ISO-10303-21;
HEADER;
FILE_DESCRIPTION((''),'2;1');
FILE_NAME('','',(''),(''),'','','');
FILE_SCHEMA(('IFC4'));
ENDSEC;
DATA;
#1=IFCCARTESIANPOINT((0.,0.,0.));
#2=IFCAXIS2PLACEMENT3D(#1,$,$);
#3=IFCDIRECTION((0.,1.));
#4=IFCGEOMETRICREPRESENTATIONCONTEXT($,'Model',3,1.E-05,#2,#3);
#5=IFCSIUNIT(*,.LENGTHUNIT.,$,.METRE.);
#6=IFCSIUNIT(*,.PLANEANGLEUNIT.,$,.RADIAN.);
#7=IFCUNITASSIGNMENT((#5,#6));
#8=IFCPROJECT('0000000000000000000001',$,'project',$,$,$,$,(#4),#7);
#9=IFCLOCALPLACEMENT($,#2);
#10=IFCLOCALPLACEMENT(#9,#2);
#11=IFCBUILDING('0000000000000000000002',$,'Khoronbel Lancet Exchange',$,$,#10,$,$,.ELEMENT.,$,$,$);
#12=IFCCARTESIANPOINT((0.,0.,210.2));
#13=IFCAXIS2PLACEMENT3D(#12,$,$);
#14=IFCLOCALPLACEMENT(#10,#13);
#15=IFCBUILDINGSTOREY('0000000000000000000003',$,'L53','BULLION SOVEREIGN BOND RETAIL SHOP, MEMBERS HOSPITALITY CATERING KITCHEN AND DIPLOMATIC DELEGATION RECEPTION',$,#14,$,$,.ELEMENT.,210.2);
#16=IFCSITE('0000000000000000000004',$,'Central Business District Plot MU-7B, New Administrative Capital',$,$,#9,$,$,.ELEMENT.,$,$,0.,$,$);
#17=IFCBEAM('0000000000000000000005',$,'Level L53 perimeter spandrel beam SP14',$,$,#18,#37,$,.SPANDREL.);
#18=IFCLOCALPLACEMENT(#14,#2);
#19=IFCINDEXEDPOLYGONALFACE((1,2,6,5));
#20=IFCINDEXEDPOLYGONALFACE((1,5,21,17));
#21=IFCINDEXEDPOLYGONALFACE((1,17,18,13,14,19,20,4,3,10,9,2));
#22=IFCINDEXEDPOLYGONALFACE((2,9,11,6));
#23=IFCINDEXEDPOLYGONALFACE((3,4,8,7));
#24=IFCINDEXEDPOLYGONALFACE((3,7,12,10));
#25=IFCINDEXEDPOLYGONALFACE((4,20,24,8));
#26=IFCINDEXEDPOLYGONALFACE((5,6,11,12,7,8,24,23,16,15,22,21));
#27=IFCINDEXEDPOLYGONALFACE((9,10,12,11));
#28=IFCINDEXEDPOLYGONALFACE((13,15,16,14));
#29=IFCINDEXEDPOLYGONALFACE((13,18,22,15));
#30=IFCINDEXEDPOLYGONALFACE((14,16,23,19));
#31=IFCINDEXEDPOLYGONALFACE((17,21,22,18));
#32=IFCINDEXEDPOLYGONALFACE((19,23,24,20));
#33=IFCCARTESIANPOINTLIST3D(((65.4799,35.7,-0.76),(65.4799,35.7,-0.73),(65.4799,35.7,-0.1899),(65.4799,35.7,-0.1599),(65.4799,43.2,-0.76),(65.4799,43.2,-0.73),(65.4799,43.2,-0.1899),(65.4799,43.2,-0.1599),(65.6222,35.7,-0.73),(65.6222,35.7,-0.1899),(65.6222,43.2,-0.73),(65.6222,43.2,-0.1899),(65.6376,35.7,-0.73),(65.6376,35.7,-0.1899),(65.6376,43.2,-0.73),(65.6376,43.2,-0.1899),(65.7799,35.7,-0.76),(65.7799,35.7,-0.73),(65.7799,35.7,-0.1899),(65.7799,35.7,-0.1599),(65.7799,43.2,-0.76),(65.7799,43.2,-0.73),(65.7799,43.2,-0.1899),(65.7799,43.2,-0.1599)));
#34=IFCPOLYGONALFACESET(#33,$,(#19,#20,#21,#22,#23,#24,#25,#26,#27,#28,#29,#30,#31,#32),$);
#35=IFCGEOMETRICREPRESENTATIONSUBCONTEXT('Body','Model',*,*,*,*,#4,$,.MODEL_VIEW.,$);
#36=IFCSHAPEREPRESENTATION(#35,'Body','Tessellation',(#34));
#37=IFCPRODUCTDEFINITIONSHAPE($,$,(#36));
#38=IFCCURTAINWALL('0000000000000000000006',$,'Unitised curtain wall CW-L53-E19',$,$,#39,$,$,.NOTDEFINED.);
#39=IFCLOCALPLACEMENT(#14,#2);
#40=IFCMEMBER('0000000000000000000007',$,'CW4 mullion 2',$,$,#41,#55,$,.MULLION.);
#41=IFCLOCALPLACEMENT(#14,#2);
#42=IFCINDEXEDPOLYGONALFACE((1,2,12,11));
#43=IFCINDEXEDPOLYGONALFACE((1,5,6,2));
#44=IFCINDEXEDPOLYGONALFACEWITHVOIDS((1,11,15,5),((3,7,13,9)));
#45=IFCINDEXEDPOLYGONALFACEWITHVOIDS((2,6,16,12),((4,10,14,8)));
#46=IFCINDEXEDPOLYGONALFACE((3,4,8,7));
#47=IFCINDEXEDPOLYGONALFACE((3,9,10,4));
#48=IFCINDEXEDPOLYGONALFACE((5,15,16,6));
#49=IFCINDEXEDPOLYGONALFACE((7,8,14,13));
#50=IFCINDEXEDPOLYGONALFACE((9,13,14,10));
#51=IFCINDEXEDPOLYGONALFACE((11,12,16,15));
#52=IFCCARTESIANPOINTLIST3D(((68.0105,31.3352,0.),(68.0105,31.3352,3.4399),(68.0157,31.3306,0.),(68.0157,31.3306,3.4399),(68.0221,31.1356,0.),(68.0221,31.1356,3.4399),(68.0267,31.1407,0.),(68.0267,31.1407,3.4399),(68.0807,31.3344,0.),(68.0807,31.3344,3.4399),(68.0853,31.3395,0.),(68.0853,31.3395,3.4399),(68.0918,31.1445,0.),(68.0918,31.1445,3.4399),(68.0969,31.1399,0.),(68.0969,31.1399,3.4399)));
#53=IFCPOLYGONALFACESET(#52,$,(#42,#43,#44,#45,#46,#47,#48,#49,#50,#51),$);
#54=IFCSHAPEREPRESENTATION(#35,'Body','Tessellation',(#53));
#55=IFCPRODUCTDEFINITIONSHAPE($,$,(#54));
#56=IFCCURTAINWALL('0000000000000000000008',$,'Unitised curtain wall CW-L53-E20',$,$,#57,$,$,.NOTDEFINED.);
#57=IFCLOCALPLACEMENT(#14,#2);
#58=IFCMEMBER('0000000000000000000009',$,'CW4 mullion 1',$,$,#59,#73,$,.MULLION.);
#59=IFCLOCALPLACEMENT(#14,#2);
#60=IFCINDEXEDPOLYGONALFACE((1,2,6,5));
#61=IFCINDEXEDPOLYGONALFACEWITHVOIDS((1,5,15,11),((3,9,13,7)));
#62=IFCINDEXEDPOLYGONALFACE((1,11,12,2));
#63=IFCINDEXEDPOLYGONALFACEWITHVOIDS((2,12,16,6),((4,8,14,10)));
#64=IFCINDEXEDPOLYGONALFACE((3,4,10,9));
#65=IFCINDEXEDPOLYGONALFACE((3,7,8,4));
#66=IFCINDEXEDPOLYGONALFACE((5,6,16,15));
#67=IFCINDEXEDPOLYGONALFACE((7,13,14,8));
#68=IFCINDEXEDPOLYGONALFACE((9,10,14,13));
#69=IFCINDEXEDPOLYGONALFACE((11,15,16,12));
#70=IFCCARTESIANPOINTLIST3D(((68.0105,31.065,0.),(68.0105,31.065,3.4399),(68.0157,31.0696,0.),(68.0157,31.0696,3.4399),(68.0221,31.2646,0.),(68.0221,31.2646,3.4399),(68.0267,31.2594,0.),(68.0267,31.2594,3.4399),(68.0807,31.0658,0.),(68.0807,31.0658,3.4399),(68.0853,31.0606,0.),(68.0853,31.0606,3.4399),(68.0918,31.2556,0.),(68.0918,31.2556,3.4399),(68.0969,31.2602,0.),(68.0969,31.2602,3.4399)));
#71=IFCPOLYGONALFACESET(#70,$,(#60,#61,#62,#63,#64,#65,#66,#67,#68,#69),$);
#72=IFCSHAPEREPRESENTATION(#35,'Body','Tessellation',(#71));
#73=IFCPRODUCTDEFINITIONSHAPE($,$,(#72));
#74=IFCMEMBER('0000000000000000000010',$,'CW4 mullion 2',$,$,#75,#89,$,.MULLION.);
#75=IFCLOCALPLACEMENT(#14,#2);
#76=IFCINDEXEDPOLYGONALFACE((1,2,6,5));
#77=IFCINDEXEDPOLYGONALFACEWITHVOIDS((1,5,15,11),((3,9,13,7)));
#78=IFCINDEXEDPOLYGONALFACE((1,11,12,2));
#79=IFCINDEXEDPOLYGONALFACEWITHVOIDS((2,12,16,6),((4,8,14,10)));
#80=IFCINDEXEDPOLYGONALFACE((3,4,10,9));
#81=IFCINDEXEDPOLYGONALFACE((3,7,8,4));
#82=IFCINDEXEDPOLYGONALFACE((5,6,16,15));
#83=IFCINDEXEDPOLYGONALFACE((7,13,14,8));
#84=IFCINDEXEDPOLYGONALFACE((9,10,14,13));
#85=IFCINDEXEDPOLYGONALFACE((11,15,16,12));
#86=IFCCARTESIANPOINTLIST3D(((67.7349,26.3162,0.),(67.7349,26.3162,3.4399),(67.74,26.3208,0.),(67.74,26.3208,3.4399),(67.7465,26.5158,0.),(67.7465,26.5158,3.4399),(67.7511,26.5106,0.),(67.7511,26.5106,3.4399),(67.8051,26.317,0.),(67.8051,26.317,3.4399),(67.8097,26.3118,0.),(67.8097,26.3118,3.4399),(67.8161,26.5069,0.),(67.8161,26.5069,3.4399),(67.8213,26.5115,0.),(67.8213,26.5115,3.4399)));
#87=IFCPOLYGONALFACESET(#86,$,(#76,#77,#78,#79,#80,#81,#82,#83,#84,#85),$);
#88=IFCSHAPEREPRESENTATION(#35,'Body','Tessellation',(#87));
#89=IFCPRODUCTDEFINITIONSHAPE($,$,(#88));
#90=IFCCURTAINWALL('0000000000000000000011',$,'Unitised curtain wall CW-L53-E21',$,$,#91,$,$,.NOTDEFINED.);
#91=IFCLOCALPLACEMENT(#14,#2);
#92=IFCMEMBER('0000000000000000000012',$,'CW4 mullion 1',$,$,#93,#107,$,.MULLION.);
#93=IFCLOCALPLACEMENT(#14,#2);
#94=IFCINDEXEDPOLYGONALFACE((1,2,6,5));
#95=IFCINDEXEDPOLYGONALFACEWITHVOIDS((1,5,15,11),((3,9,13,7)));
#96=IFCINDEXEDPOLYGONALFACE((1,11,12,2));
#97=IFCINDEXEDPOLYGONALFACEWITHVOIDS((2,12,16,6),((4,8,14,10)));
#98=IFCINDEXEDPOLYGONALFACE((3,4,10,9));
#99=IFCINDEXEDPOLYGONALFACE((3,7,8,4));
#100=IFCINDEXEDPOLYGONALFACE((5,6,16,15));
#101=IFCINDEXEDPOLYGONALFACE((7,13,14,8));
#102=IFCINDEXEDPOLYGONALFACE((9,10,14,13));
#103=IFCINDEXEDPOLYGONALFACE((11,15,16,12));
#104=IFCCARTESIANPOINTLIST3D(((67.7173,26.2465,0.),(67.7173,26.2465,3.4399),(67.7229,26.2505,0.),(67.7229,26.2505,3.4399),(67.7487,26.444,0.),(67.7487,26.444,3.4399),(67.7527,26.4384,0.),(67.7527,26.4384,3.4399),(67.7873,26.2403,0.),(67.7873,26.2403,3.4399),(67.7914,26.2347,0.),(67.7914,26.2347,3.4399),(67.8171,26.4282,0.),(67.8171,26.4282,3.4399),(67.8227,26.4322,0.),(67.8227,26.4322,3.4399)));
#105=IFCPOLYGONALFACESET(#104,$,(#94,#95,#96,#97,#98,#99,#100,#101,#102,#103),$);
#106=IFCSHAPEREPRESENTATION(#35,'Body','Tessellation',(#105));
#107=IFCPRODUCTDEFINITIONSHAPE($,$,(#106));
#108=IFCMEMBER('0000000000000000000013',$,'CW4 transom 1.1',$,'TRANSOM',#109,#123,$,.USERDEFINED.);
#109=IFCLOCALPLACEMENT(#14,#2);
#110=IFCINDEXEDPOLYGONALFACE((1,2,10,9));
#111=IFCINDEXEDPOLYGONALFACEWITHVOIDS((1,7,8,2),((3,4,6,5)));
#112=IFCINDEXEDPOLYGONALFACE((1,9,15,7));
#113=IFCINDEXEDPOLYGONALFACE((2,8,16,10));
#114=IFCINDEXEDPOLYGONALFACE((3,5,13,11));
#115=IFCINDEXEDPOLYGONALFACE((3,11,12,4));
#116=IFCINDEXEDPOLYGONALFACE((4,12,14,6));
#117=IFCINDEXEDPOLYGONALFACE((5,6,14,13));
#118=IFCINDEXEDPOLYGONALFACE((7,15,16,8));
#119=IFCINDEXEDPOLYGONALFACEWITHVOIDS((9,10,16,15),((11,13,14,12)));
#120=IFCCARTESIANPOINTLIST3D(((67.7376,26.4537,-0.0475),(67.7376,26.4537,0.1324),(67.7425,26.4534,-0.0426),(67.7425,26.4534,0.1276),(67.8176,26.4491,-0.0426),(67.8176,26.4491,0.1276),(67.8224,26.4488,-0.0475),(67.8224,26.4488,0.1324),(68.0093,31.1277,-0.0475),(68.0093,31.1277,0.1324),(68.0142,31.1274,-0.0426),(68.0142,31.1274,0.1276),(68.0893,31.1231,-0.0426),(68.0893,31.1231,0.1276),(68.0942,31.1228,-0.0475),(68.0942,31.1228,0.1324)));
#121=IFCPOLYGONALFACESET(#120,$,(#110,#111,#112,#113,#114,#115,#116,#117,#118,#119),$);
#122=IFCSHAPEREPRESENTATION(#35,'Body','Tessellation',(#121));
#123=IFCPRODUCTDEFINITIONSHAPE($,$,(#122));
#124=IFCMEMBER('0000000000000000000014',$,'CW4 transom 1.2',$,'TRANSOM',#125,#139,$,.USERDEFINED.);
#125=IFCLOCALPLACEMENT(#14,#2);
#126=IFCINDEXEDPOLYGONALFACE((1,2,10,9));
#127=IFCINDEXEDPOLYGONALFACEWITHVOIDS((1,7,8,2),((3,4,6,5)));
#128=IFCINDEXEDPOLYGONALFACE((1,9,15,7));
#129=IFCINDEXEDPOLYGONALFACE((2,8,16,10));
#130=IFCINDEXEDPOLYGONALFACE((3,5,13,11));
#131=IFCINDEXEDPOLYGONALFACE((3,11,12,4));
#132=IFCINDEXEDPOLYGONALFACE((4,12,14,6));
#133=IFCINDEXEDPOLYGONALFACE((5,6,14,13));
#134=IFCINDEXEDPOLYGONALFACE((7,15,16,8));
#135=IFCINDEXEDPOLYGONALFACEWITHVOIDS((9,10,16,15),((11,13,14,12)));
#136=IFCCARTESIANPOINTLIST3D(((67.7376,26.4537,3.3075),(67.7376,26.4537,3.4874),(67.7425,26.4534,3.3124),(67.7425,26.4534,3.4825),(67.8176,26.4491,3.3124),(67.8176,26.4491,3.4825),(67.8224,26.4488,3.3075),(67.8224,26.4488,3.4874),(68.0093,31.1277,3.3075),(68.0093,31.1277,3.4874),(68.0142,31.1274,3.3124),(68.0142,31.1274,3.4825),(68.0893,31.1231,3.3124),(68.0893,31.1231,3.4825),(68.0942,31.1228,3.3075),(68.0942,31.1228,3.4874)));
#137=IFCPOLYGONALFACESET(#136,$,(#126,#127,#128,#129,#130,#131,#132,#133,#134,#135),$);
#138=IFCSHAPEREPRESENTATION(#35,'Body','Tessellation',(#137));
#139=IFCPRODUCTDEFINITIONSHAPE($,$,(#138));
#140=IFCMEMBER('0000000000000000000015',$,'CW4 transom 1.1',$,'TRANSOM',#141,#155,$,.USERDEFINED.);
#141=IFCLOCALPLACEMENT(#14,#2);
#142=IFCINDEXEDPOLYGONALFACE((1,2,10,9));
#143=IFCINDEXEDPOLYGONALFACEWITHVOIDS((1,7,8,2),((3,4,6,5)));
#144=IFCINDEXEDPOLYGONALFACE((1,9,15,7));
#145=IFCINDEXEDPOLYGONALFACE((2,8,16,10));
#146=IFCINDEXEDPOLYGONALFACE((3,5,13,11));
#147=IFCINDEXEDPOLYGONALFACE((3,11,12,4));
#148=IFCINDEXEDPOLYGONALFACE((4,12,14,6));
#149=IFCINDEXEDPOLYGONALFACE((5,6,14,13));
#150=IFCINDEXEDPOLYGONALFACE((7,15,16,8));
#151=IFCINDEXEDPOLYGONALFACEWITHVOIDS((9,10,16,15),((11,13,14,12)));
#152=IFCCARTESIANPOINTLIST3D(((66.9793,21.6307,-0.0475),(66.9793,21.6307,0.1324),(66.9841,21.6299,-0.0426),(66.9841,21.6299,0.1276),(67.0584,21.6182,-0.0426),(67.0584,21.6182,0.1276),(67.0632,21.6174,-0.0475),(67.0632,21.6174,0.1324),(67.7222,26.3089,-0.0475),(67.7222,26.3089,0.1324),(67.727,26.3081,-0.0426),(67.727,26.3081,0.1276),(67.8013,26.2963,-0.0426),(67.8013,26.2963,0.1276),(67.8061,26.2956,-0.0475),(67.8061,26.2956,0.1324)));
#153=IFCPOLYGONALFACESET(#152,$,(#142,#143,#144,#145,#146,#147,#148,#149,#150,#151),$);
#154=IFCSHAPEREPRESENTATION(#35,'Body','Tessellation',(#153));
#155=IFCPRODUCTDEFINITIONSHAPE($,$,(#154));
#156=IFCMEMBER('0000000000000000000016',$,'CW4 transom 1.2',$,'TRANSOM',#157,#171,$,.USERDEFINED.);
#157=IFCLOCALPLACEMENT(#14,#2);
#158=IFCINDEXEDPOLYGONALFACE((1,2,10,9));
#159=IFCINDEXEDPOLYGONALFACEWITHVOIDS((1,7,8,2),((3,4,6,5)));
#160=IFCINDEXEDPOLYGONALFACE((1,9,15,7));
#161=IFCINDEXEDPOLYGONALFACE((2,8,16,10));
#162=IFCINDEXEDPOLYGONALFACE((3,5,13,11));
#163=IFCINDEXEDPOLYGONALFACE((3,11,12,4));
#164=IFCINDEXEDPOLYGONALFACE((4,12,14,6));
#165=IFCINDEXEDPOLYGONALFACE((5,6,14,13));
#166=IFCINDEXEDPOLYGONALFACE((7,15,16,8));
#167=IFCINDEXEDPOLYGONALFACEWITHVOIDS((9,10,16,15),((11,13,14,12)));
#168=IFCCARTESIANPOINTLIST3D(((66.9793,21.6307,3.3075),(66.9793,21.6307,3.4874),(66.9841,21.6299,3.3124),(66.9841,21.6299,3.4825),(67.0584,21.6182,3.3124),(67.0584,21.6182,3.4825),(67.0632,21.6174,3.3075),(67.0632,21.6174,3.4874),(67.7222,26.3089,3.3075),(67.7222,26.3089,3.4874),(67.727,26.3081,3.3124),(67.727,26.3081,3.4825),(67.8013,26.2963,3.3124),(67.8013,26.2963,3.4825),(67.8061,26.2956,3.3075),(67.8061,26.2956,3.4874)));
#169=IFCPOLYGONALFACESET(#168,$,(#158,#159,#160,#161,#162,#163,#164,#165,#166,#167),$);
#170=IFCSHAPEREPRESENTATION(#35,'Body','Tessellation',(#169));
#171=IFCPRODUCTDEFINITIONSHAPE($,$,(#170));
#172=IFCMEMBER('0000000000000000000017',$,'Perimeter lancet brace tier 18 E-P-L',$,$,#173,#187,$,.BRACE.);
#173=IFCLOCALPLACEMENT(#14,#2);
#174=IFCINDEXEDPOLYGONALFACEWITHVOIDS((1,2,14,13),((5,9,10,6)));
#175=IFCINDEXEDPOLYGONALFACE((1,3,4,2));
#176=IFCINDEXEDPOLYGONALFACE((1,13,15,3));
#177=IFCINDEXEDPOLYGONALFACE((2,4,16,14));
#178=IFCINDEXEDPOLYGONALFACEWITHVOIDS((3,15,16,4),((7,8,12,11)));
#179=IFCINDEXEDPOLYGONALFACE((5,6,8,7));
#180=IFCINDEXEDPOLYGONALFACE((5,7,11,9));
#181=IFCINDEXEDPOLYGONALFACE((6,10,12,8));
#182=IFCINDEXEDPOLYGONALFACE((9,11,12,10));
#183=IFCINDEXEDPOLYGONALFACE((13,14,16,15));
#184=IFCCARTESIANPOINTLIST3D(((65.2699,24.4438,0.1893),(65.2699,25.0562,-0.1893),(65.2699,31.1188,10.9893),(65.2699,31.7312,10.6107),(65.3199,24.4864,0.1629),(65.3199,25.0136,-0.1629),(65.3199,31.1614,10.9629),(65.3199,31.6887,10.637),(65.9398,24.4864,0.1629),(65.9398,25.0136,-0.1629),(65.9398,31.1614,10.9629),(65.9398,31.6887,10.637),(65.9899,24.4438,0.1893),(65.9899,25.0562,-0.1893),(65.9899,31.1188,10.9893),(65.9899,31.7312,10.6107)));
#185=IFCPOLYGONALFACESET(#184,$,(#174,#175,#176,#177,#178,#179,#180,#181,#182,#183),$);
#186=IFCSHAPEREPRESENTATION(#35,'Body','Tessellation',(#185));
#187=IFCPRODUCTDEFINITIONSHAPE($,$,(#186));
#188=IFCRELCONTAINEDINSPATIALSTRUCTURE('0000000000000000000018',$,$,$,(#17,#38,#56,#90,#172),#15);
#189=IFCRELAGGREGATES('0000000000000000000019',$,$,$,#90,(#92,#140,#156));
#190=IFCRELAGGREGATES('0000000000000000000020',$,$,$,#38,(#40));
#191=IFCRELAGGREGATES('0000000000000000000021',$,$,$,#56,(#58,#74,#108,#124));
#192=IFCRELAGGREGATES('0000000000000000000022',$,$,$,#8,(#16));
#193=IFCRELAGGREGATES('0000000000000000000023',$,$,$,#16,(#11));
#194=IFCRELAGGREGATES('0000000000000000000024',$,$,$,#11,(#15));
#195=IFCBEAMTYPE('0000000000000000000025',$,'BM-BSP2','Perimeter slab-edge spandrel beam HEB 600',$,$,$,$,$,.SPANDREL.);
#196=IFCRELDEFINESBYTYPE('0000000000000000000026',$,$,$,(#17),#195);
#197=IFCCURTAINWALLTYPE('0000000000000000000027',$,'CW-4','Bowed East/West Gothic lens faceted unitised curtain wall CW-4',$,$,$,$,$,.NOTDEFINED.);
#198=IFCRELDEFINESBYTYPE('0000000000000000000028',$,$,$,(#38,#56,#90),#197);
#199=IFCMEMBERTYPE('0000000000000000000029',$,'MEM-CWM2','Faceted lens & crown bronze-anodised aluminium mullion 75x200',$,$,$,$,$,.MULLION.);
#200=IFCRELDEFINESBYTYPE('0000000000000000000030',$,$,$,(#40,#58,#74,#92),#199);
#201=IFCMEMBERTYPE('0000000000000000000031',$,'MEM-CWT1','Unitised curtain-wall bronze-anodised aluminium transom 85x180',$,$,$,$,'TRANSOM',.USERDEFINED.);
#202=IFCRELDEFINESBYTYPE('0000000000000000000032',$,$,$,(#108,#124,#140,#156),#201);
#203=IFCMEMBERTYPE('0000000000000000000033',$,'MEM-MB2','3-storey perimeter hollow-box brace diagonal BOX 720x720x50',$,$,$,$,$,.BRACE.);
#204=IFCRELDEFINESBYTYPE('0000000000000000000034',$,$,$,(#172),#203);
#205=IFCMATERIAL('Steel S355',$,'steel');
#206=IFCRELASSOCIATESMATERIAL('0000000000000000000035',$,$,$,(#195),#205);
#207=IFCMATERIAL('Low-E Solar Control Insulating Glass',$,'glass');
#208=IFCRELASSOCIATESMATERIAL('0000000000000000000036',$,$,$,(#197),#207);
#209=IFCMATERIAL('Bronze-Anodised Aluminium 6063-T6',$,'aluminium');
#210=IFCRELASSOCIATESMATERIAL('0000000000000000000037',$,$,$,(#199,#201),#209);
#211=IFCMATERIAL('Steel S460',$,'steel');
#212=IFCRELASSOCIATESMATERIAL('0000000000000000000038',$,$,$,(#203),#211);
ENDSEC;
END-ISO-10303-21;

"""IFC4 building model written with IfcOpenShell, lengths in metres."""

from ifc_helpers import new_model, si_unit, direction, frame, origin, origin_2d, place, context, subcontext, project, spatial, hollow_rectangle, i_section, extrude, material, material_profile, profile_set, type_object, element, aggregate, save


model = new_model("IFC4")

# Units and contexts
model_context = context("Model", 3, precision=1e-05, world=origin(), true_north=direction((0.0, 1.0)))
body_context = subcontext(model_context, "Body", "Model", "MODEL_VIEW")
ifc_project = project(units=[si_unit("LENGTHUNIT", "METRE"), si_unit("PLANEANGLEUNIT", "RADIAN")], contexts=[model_context])

# Site, building, storey
site_placement = place(None, origin())
site = spatial("IfcSite", under=ifc_project, at=site_placement, Name="Central Business District Plot MU-7B, New Administrative Capital", CompositionType="ELEMENT", RefElevation=0.0)
building_placement = place(site_placement, origin())
building = spatial("IfcBuilding", under=site, at=building_placement, Name="Khoronbel Lancet Exchange", CompositionType="ELEMENT")
storey_placement = place(building_placement, frame((0.0, 0.0, 210.2)))
storey = spatial("IfcBuildingStorey", under=building, at=storey_placement, Name="L53", Description="BULLION SOVEREIGN BOND RETAIL SHOP, MEMBERS HOSPITALITY CATERING KITCHEN AND DIPLOMATIC DELEGATION RECEPTION", CompositionType="ELEMENT", Elevation=210.2)

# Shared definitions
ifc_material_1 = material(Name="Steel S355", Category="steel")

# Beam
ifc_material_profile_1 = material_profile(ifc_material_1, i_section(OverallWidth=0.3, OverallDepth=0.6001, WebThickness=0.0154, FlangeThickness=0.03, at=origin_2d()), Name="HEB 600")
ifc_profile_set_1 = profile_set([ifc_material_profile_1], Name="Steel S355")
beam_type_1 = type_object("IfcBeamType", Name="BM-BSP2", Description="Perimeter slab-edge spandrel beam HEB 600", PredefinedType="SPANDREL", material=ifc_profile_set_1)
beam_1_placement = place(storey_placement, frame((65.6299, 35.7, -0.46), z_axis=(0.0, 1.0, 0.0), x_axis=(-1.0, 0.0, 0.0)))
element("IfcBeam", 1, at=beam_1_placement, inside=storey, type_object=beam_type_1, Name="Level L53 perimeter spandrel beam SP14", PredefinedType="SPANDREL", context=body_context, shape_type="SweptSolid", body=[
    extrude(i_section(OverallWidth=0.3, OverallDepth=0.6001, WebThickness=0.0154, FlangeThickness=0.03, at=origin_2d()), origin(), (0.0, 0.0, 1.0), 7.5),
])

# Curtain wall, member
ifc_material_2 = material(Name="Low-E Solar Control Insulating Glass", Category="glass")
curtain_wall_type = type_object("IfcCurtainWallType", Name="CW-4", Description="Bowed East/West Gothic lens faceted unitised curtain wall CW-4", PredefinedType="NOTDEFINED", material=ifc_material_2)
curtain_wall_1_placement = place(storey_placement, origin())
curtain_wall_1 = element("IfcCurtainWall", 2, at=curtain_wall_1_placement, inside=storey, type_object=curtain_wall_type, Name="Unitised curtain wall CW-L53-E19", PredefinedType="NOTDEFINED")
ifc_material_3 = material(Name="Bronze-Anodised Aluminium 6063-T6", Category="aluminium")
ifc_material_profile_2 = material_profile(ifc_material_3, hollow_rectangle(XDim=0.075, YDim=0.2, WallThickness=0.0049, at=origin_2d()), Name="ALU MULLION 75x200")
ifc_profile_set_2 = profile_set([ifc_material_profile_2], Name="Bronze-Anodised Aluminium 6063-T6")
member_type_1 = type_object("IfcMemberType", Name="MEM-CWM2", Description="Faceted lens & crown bronze-anodised aluminium mullion 75x200", PredefinedType="MULLION", material=ifc_profile_set_2)
member_1_placement = place(storey_placement, frame((68.0537, 31.2375, 0.0), z_axis=(0.0, 0.0, 1.0), x_axis=(0.998317, 0.057992, 0.0)))
member_1 = element("IfcMember", 3, at=member_1_placement, type_object=member_type_1, Name="CW4 mullion 2", PredefinedType="MULLION", context=body_context, shape_type="SweptSolid", body=[
    extrude(hollow_rectangle(XDim=0.075, YDim=0.2, WallThickness=0.0049, at=origin_2d()), origin(), (0.0, 0.0, 1.0), 3.4399),
])

# Curtain wall, members
curtain_wall_2_placement = place(storey_placement, origin())
curtain_wall_2 = element("IfcCurtainWall", 4, at=curtain_wall_2_placement, inside=storey, type_object=curtain_wall_type, Name="Unitised curtain wall CW-L53-E20", PredefinedType="NOTDEFINED")
member_2_placement = place(storey_placement, frame((68.0537, 31.1626, 0.0), z_axis=(0.0, 0.0, 1.0), x_axis=(0.998317, -0.057992, 0.0)))
member_2 = element("IfcMember", 5, at=member_2_placement, type_object=member_type_1, Name="CW4 mullion 1", PredefinedType="MULLION", context=body_context, shape_type="SweptSolid", body=[
    extrude(hollow_rectangle(XDim=0.075, YDim=0.2, WallThickness=0.0049, at=origin_2d()), origin(), (0.0, 0.0, 1.0), 3.4399),
])
member_3_placement = place(storey_placement, frame((67.7781, 26.4138, 0.0), z_axis=(0.0, 0.0, 1.0), x_axis=(0.998317, -0.057992, 0.0)))
member_3 = element("IfcMember", 6, at=member_3_placement, type_object=member_type_1, Name="CW4 mullion 2", PredefinedType="MULLION", context=body_context, shape_type="SweptSolid", body=[
    extrude(hollow_rectangle(XDim=0.075, YDim=0.2, WallThickness=0.0049, at=origin_2d()), origin(), (0.0, 0.0, 1.0), 3.4399),
])

# Curtain wall, member
curtain_wall_3_placement = place(storey_placement, origin())
curtain_wall_3 = element("IfcCurtainWall", 7, at=curtain_wall_3_placement, inside=storey, type_object=curtain_wall_type, Name="Unitised curtain wall CW-L53-E21", PredefinedType="NOTDEFINED")
member_4_placement = place(storey_placement, frame((67.77, 26.3394, 0.0), z_axis=(0.0, 0.0, 1.0), x_axis=(0.987633, -0.156785, 0.0)))
member_4 = element("IfcMember", 8, at=member_4_placement, type_object=member_type_1, Name="CW4 mullion 1", PredefinedType="MULLION", context=body_context, shape_type="SweptSolid", body=[
    extrude(hollow_rectangle(XDim=0.075, YDim=0.2, WallThickness=0.0049, at=origin_2d()), origin(), (0.0, 0.0, 1.0), 3.4399),
])

# Members
ifc_material_profile_3 = material_profile(ifc_material_3, hollow_rectangle(XDim=0.085, YDim=0.1799, WallThickness=0.0049, at=origin_2d()), Name="ALU TRANSOM 85x180")
ifc_profile_set_3 = profile_set([ifc_material_profile_3], Name="Bronze-Anodised Aluminium 6063-T6")
member_type_2 = type_object("IfcMemberType", Name="MEM-CWT1", Description="Unitised curtain-wall bronze-anodised aluminium transom 85x180", ElementType="TRANSOM", PredefinedType="USERDEFINED", material=ifc_profile_set_3)
member_5_placement = place(storey_placement, frame((68.0518, 31.1252, 0.0425), z_axis=(-0.058037, -0.998314, 0.0), x_axis=(0.998314, -0.058037, 0.0)))
member_5 = element("IfcMember", 9, at=member_5_placement, type_object=member_type_2, Name="CW4 transom 1.1", ObjectType="TRANSOM", PredefinedType="USERDEFINED", context=body_context, shape_type="SweptSolid", body=[
    extrude(hollow_rectangle(XDim=0.085, YDim=0.1799, WallThickness=0.0049, at=origin_2d()), origin(), (0.0, 0.0, 1.0), 4.6819),
])
member_6_placement = place(storey_placement, frame((68.0518, 31.1252, 3.3975), z_axis=(-0.058037, -0.998314, 0.0), x_axis=(0.998314, -0.058037, 0.0)))
member_6 = element("IfcMember", 10, at=member_6_placement, type_object=member_type_2, Name="CW4 transom 1.2", ObjectType="TRANSOM", PredefinedType="USERDEFINED", context=body_context, shape_type="SweptSolid", body=[
    extrude(hollow_rectangle(XDim=0.085, YDim=0.1799, WallThickness=0.0049, at=origin_2d()), origin(), (0.0, 0.0, 1.0), 4.6819),
])
member_7_placement = place(storey_placement, frame((67.7642, 26.3022, 0.0425), z_axis=(-0.156839, -0.987624, 0.0), x_axis=(0.987624, -0.156839, 0.0)))
member_7 = element("IfcMember", 11, at=member_7_placement, type_object=member_type_2, Name="CW4 transom 1.1", ObjectType="TRANSOM", PredefinedType="USERDEFINED", context=body_context, shape_type="SweptSolid", body=[
    extrude(hollow_rectangle(XDim=0.085, YDim=0.1799, WallThickness=0.0049, at=origin_2d()), origin(), (0.0, 0.0, 1.0), 4.7368),
])
member_8_placement = place(storey_placement, frame((67.7642, 26.3022, 3.3975), z_axis=(-0.156839, -0.987624, 0.0), x_axis=(0.987624, -0.156839, 0.0)))
member_8 = element("IfcMember", 12, at=member_8_placement, type_object=member_type_2, Name="CW4 transom 1.2", ObjectType="TRANSOM", PredefinedType="USERDEFINED", context=body_context, shape_type="SweptSolid", body=[
    extrude(hollow_rectangle(XDim=0.085, YDim=0.1799, WallThickness=0.0049, at=origin_2d()), origin(), (0.0, 0.0, 1.0), 4.7368),
])
aggregate(curtain_wall_3, [member_4, member_7, member_8])
ifc_material_4 = material(Name="Steel S460", Category="steel")
ifc_material_profile_4 = material_profile(ifc_material_4, hollow_rectangle(XDim=0.72, YDim=0.72, WallThickness=0.05, at=origin_2d()), Name="BOX 720x720x50")
ifc_profile_set_4 = profile_set([ifc_material_profile_4], Name="Steel S460")
member_type_3 = type_object("IfcMemberType", Name="MEM-MB2", Description="3-storey perimeter hollow-box brace diagonal BOX 720x720x50", PredefinedType="BRACE", material=ifc_profile_set_4)
member_9_placement = place(storey_placement, frame((65.6299, 24.75, 0.0), z_axis=(0.0, 0.525745, 0.850642), x_axis=(-1.0, 0.0, 0.0)))
element("IfcMember", 13, at=member_9_placement, inside=storey, type_object=member_type_3, Name="Perimeter lancet brace tier 18 E-P-L", PredefinedType="BRACE", context=body_context, shape_type="SweptSolid", body=[
    extrude(hollow_rectangle(XDim=0.72, YDim=0.72, WallThickness=0.05, at=origin_2d()), origin(), (0.0, 0.0, 1.0), 12.6963),
])

aggregate(curtain_wall_1, [member_1])
aggregate(curtain_wall_2, [member_2, member_3, member_5, member_6])

save(model, "model.ifc")
